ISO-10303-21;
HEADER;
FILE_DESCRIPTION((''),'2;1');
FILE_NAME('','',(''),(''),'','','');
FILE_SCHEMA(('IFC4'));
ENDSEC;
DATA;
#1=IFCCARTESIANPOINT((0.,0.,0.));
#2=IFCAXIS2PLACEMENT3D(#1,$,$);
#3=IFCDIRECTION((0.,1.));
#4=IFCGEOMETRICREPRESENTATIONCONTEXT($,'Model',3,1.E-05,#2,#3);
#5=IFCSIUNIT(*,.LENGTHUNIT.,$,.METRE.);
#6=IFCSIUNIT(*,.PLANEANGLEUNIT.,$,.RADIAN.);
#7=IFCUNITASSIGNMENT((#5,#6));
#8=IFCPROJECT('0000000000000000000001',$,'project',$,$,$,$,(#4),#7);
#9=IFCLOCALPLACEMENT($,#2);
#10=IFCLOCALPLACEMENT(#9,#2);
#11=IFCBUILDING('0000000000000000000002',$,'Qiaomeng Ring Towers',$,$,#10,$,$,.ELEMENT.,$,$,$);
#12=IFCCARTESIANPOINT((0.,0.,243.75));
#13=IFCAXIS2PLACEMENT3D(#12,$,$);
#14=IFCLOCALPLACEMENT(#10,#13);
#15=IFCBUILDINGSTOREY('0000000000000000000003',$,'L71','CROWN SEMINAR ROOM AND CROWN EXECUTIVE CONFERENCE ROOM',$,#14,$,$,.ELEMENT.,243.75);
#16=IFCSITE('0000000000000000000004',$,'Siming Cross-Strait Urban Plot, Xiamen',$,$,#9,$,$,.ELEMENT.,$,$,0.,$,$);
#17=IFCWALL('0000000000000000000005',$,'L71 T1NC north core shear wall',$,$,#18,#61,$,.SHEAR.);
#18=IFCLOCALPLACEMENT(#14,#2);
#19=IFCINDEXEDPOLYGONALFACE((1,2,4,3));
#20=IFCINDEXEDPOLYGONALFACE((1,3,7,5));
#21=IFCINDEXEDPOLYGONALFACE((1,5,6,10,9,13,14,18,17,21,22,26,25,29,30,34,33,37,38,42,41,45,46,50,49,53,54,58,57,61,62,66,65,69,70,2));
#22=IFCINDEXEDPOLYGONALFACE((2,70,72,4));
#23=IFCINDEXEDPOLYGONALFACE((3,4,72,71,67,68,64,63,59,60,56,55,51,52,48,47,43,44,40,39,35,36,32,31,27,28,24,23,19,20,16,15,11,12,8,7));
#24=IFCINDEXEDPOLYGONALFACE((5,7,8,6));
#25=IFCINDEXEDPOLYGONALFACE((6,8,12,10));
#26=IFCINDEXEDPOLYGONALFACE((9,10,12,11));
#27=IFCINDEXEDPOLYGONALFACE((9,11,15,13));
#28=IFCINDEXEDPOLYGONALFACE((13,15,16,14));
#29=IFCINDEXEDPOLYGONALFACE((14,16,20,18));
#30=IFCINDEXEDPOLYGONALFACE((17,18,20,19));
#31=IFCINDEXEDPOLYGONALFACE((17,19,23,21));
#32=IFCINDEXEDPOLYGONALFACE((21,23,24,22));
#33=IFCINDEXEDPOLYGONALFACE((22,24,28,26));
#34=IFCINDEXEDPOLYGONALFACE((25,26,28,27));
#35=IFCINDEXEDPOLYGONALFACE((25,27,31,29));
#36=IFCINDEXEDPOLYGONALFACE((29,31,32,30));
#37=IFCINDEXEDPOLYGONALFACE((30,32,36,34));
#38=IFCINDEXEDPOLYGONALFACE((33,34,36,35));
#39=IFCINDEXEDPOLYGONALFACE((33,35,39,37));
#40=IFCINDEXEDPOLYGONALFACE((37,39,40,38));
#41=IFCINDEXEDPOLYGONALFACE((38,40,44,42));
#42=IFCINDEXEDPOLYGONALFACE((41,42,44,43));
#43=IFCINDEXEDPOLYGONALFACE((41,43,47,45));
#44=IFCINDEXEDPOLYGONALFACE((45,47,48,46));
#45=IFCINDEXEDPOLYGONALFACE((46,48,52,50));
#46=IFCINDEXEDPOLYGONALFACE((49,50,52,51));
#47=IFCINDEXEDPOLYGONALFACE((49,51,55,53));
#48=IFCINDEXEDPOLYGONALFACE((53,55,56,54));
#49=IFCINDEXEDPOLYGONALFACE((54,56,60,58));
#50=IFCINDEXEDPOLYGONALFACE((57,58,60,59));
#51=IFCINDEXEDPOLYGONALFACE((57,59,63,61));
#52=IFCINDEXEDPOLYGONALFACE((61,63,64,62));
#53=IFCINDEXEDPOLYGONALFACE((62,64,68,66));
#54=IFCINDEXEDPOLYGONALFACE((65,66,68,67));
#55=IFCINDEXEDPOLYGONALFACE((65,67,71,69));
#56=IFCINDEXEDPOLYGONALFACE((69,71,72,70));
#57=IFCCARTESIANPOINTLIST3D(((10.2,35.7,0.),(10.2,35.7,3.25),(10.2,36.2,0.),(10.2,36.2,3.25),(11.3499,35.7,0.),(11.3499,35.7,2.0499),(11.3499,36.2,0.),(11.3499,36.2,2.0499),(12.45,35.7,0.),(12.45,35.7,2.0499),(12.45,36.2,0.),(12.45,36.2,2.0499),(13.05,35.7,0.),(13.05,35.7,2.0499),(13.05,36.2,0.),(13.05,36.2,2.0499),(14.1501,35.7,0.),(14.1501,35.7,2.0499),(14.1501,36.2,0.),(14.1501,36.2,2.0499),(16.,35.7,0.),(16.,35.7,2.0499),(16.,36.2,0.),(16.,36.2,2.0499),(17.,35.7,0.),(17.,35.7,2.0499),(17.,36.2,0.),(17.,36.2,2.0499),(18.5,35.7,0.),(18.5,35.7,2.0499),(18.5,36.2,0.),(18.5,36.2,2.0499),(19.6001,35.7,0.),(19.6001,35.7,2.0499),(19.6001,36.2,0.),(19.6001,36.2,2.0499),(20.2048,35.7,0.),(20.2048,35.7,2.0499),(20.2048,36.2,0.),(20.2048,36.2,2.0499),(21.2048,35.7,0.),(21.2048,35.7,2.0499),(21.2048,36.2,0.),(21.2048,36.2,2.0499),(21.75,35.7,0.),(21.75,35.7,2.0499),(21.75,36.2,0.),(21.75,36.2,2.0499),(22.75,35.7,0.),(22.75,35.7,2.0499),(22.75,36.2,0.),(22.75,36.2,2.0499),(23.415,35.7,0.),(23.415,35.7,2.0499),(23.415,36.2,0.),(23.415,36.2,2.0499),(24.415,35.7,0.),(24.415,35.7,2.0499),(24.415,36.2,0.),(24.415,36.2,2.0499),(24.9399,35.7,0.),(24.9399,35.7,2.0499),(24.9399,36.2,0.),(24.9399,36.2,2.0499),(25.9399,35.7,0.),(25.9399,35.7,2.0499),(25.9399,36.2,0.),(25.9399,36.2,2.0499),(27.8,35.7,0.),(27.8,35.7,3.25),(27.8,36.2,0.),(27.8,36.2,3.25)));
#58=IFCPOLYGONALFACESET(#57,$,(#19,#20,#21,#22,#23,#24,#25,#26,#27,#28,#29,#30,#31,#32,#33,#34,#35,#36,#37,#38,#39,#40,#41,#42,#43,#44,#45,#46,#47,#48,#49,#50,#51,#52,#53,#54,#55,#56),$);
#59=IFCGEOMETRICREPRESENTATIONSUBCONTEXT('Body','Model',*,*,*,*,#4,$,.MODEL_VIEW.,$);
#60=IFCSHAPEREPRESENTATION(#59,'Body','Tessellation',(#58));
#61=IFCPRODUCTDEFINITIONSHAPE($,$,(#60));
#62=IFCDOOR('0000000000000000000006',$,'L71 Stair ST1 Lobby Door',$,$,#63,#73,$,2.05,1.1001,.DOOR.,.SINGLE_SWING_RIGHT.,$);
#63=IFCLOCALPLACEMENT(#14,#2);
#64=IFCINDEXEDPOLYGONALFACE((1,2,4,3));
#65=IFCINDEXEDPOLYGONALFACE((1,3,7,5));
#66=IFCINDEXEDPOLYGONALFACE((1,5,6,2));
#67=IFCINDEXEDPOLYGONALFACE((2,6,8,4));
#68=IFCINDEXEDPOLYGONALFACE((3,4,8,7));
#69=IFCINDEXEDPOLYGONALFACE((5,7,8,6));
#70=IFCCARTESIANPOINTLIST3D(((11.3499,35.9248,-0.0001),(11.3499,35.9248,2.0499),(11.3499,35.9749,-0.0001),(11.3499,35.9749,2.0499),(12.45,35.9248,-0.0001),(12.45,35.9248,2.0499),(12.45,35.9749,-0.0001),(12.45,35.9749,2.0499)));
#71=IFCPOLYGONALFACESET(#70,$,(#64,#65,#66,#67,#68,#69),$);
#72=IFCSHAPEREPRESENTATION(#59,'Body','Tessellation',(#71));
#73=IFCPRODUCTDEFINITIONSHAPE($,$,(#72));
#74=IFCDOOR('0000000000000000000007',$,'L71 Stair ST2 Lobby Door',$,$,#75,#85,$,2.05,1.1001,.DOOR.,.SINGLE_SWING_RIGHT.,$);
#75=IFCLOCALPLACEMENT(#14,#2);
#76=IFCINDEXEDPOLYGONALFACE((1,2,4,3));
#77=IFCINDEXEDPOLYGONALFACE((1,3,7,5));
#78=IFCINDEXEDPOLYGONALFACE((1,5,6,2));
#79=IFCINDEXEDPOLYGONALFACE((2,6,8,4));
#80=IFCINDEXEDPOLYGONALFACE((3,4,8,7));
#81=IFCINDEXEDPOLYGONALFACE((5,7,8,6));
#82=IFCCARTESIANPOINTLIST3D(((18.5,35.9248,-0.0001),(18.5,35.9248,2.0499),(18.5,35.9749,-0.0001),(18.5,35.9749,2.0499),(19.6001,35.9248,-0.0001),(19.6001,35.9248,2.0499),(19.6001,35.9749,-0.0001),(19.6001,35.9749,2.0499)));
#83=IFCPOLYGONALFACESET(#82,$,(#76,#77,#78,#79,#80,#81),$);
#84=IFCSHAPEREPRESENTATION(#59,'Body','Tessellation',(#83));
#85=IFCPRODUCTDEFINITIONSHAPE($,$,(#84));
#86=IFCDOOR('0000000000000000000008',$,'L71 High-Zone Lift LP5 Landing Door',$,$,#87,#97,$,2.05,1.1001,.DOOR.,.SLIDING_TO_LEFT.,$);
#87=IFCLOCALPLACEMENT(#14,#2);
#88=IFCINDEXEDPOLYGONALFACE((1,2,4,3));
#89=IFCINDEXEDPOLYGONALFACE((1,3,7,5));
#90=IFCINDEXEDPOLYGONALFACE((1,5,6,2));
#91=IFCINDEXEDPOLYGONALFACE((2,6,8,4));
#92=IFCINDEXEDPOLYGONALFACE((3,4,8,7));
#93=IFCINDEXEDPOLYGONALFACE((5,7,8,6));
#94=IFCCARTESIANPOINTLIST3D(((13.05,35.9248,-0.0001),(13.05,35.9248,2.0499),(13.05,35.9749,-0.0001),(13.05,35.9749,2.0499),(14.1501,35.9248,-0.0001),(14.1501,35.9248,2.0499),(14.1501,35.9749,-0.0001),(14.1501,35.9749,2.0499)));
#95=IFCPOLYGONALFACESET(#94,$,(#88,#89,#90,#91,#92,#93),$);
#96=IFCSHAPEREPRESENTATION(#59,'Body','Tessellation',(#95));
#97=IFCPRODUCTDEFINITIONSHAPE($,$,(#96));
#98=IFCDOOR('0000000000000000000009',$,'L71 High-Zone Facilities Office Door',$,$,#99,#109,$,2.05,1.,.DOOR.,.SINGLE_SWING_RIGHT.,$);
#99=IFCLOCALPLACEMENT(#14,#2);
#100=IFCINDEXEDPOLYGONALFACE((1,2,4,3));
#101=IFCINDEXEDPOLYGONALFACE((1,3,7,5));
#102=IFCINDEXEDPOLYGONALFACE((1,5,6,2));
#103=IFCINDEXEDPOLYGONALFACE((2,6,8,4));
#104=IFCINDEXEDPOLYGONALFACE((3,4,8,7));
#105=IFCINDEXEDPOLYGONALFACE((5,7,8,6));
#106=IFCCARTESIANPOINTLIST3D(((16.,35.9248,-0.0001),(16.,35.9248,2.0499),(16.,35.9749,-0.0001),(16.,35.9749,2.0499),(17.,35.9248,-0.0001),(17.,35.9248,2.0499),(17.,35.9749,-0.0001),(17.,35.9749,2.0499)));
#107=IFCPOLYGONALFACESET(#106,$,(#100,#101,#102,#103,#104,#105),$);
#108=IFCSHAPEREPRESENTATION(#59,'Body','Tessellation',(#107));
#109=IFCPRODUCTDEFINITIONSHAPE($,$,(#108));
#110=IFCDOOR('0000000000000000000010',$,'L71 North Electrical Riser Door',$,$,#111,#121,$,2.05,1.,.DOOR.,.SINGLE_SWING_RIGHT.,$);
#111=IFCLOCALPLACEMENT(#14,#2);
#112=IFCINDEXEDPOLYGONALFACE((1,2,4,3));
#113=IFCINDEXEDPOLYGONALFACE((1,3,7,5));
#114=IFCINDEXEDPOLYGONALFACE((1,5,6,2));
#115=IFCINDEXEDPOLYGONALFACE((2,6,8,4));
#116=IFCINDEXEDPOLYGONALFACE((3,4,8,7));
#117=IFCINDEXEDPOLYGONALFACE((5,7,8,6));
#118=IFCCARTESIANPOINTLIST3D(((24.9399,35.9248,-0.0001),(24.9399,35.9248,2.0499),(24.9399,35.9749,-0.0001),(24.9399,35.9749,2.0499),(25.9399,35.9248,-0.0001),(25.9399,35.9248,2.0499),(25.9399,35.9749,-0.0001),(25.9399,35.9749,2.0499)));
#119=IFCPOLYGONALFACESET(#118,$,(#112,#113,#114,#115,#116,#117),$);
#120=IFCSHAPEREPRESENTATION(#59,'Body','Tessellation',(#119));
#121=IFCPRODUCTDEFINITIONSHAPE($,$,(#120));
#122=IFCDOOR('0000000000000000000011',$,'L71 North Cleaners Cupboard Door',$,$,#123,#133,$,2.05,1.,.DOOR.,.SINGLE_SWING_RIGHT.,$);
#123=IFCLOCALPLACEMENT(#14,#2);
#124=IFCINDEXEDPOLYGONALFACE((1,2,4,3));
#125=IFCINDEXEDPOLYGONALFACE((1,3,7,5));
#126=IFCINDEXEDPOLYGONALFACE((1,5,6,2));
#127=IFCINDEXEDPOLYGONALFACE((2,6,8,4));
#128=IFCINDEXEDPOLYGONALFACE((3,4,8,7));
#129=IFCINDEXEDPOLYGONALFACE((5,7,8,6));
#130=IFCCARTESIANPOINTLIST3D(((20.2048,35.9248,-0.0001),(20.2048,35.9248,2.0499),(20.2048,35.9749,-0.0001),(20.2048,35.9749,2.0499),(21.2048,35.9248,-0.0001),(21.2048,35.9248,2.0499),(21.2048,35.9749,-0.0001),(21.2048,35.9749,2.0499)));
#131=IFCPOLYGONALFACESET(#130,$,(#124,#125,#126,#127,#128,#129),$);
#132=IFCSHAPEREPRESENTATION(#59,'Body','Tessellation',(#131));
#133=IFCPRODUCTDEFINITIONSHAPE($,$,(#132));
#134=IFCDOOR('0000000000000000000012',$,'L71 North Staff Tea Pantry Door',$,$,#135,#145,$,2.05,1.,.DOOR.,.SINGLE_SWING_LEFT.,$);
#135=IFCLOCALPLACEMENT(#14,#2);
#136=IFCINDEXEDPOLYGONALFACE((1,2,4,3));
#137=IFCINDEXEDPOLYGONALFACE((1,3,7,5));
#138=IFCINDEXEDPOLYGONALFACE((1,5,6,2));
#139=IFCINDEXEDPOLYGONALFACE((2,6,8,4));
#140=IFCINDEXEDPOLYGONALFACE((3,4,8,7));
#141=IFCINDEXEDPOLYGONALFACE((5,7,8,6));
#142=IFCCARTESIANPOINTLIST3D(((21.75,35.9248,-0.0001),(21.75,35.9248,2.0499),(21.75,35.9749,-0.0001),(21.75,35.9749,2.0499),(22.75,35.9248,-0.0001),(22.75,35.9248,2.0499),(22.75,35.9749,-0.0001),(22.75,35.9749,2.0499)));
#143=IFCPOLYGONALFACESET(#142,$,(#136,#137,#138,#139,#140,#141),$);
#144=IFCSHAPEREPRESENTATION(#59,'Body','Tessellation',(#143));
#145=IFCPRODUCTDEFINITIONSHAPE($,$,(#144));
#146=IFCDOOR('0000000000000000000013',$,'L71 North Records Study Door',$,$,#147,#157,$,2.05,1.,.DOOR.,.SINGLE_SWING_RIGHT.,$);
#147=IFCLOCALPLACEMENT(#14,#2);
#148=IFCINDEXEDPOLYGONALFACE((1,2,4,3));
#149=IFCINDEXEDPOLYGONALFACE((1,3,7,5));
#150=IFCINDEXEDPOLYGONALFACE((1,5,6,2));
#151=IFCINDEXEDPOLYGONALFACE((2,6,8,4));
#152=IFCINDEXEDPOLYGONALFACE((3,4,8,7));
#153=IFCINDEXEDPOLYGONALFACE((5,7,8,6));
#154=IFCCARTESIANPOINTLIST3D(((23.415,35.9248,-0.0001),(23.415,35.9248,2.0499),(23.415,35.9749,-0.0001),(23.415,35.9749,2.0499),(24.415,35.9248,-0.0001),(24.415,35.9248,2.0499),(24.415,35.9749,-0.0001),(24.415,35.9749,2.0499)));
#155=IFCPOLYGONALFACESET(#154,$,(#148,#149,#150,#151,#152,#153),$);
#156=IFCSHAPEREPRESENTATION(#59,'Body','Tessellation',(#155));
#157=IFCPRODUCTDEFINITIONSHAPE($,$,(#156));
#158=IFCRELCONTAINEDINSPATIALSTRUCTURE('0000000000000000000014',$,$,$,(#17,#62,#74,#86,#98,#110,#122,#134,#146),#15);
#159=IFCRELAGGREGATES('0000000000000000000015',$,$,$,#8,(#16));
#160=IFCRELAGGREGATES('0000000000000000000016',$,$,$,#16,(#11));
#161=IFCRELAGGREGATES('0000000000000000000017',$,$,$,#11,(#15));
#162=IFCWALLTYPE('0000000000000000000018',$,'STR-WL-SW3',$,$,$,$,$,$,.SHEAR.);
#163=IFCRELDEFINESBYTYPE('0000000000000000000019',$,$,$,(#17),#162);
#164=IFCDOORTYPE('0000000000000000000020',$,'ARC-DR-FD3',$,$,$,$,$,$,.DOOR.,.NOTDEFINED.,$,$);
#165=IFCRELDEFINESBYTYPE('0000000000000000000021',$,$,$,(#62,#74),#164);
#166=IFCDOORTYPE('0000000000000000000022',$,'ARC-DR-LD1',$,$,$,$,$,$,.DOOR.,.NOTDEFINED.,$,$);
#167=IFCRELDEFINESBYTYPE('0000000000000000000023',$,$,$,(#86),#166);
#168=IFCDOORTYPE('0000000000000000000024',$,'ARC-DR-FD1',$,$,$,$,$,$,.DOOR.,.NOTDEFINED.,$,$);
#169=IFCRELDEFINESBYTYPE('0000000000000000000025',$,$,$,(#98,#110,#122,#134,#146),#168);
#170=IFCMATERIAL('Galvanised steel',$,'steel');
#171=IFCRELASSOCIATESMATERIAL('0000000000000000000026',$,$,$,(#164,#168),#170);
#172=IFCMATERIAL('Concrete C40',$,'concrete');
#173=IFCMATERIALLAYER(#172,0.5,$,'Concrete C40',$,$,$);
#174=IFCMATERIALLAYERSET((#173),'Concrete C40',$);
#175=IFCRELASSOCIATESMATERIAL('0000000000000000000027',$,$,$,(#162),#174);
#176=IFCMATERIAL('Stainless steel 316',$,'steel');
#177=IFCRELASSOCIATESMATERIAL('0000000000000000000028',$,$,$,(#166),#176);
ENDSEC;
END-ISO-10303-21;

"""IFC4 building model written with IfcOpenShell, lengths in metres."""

from ifc_helpers import new_model, si_unit, direction, frame, frame_2d, origin, place, context, subcontext, project, spatial, rectangle, extrude, source, transform, mapped, material, layer, layer_set, type_object, element, fill, save


model = new_model("IFC4")

# Units and contexts
model_context = context("Model", 3, precision=1e-05, world=origin(), true_north=direction((0.0, 1.0)))
body_context = subcontext(model_context, "Body", "Model", "MODEL_VIEW")
ifc_project = project(units=[si_unit("LENGTHUNIT", "METRE"), si_unit("PLANEANGLEUNIT", "RADIAN")], contexts=[model_context])

# Site, building, storey
site_placement = place(None, origin())
site = spatial("IfcSite", under=ifc_project, at=site_placement, Name="Siming Cross-Strait Urban Plot, Xiamen", CompositionType="ELEMENT", RefElevation=0.0)
building_placement = place(site_placement, origin())
building = spatial("IfcBuilding", under=site, at=building_placement, Name="Qiaomeng Ring Towers", CompositionType="ELEMENT")
storey_placement = place(building_placement, frame((0.0, 0.0, 243.75)))
storey = spatial("IfcBuildingStorey", under=building, at=storey_placement, Name="L71", Description="CROWN SEMINAR ROOM AND CROWN EXECUTIVE CONFERENCE ROOM", CompositionType="ELEMENT", Elevation=243.75)

# Shared definitions
ifc_material_1 = material(Name="Concrete C40", Category="concrete")

# Shared definitions
ifc_material_2 = material(Name="Galvanised steel", Category="steel")
door_type_1 = type_object("IfcDoorType", Name="ARC-DR-FD3", OperationType="NOTDEFINED", PredefinedType="DOOR", material=ifc_material_2)
shared_shape_1 = source(origin(), body_context, "Body", "SweptSolid", [
    extrude(rectangle(XDim=1.1001, YDim=2.05, at=frame_2d((0.55, 1.0249))), frame((0.0, 0.0249, 0.0), z_axis=(0.0, -1.0, 0.0), x_axis=(1.0, 0.0, 0.0)), (0.0, 0.0, 1.0), 0.05),
])

# Wall, openings, doors
ifc_layer_1 = layer(ifc_material_1, 0.5, Name="Concrete C40")
ifc_layer_set_1 = layer_set([ifc_layer_1], Name="Concrete C40")
wall_type_1 = type_object("IfcWallType", Name="STR-WL-SW3", PredefinedType="SHEAR", material=ifc_layer_set_1)
wall_1_placement = place(storey_placement, frame((10.2, 35.95, 0.0), z_axis=(0.0, 0.0, 1.0), x_axis=(1.0, 0.0, 0.0)))
wall_1 = element("IfcWall", 1, at=wall_1_placement, inside=storey, type_object=wall_type_1, Name="L71 T1NC north core shear wall", PredefinedType="SHEAR", context=body_context, shape_type="SweptSolid", body=[
    extrude(rectangle(XDim=17.6001, YDim=0.5, at=frame_2d((8.8, 0.0))), origin(), (0.0, 0.0, 1.0), 3.25),
])
opening_1_placement = place(wall_1_placement, frame((1.1499, 0.0, 0.0)))
opening_1 = element("IfcOpeningElement", 2, at=opening_1_placement, cuts=wall_1, PredefinedType="OPENING", context=body_context, shape_type="SweptSolid", body=[
    extrude(rectangle(XDim=1.1001, YDim=2.05, at=frame_2d((0.55, 1.0249))), frame((0.0, 0.26, 0.0), z_axis=(0.0, -1.0, 0.0), x_axis=(1.0, 0.0, 0.0)), (0.0, 0.0, 1.0), 0.52),
])
opening_2_placement = place(wall_1_placement, frame((8.3, 0.0, 0.0)))
opening_2 = element("IfcOpeningElement", 3, at=opening_2_placement, cuts=wall_1, PredefinedType="OPENING", context=body_context, shape_type="SweptSolid", body=[
    extrude(rectangle(XDim=1.1001, YDim=2.05, at=frame_2d((0.55, 1.0249))), frame((0.0, 0.26, 0.0), z_axis=(0.0, -1.0, 0.0), x_axis=(1.0, 0.0, 0.0)), (0.0, 0.0, 1.0), 0.52),
])
opening_3_placement = place(wall_1_placement, frame((2.8501, 0.0, 0.0)))
opening_3 = element("IfcOpeningElement", 4, at=opening_3_placement, cuts=wall_1, PredefinedType="OPENING", context=body_context, shape_type="SweptSolid", body=[
    extrude(rectangle(XDim=1.1001, YDim=2.05, at=frame_2d((0.55, 1.0249))), frame((0.0, 0.26, 0.0), z_axis=(0.0, -1.0, 0.0), x_axis=(1.0, 0.0, 0.0)), (0.0, 0.0, 1.0), 0.52),
])
opening_4_placement = place(wall_1_placement, frame((5.8, 0.0, 0.0)))
opening_4 = element("IfcOpeningElement", 5, at=opening_4_placement, cuts=wall_1, PredefinedType="OPENING", context=body_context, shape_type="SweptSolid", body=[
    extrude(rectangle(XDim=1.0, YDim=2.05, at=frame_2d((0.5, 1.0249))), frame((0.0, 0.26, 0.0), z_axis=(0.0, -1.0, 0.0), x_axis=(1.0, 0.0, 0.0)), (0.0, 0.0, 1.0), 0.52),
])
opening_5_placement = place(wall_1_placement, frame((14.74, 0.0, 0.0)))
opening_5 = element("IfcOpeningElement", 6, at=opening_5_placement, cuts=wall_1, PredefinedType="OPENING", context=body_context, shape_type="SweptSolid", body=[
    extrude(rectangle(XDim=1.0, YDim=2.05, at=frame_2d((0.5, 1.0249))), frame((0.0, 0.26, 0.0), z_axis=(0.0, -1.0, 0.0), x_axis=(1.0, 0.0, 0.0)), (0.0, 0.0, 1.0), 0.52),
])
opening_6_placement = place(wall_1_placement, frame((10.0049, 0.0, 0.0)))
opening_6 = element("IfcOpeningElement", 7, at=opening_6_placement, cuts=wall_1, PredefinedType="OPENING", context=body_context, shape_type="SweptSolid", body=[
    extrude(rectangle(XDim=1.0, YDim=2.05, at=frame_2d((0.5, 1.0249))), frame((0.0, 0.26, 0.0), z_axis=(0.0, -1.0, 0.0), x_axis=(1.0, 0.0, 0.0)), (0.0, 0.0, 1.0), 0.52),
])
opening_7_placement = place(wall_1_placement, frame((11.55, 0.0, 0.0)))
opening_7 = element("IfcOpeningElement", 8, at=opening_7_placement, cuts=wall_1, PredefinedType="OPENING", context=body_context, shape_type="SweptSolid", body=[
    extrude(rectangle(XDim=1.0, YDim=2.05, at=frame_2d((0.5, 1.0249))), frame((0.0, 0.26, 0.0), z_axis=(0.0, -1.0, 0.0), x_axis=(1.0, 0.0, 0.0)), (0.0, 0.0, 1.0), 0.52),
])
opening_8_placement = place(wall_1_placement, frame((13.2151, 0.0, 0.0)))
opening_8 = element("IfcOpeningElement", 9, at=opening_8_placement, cuts=wall_1, PredefinedType="OPENING", context=body_context, shape_type="SweptSolid", body=[
    extrude(rectangle(XDim=1.0, YDim=2.05, at=frame_2d((0.5, 1.0249))), frame((0.0, 0.26, 0.0), z_axis=(0.0, -1.0, 0.0), x_axis=(1.0, 0.0, 0.0)), (0.0, 0.0, 1.0), 0.52),
])
door_1_placement = place(opening_1_placement, origin())
door_1 = element("IfcDoor", 10, at=door_1_placement, inside=storey, type_object=door_type_1, Name="L71 Stair ST1 Lobby Door", OperationType="SINGLE_SWING_RIGHT", OverallHeight=2.05, OverallWidth=1.1001, PredefinedType="DOOR", context=body_context, shape_type="MappedRepresentation", body=[
    mapped(shared_shape_1, transform((0.0, 0.0, 0.0), x_axis=(1.0, 0.0, 0.0), y_axis=(0.0, 1.0, 0.0), z_axis=(0.0, 0.0, 1.0), scale=1.0)),
])
fill(opening_1, door_1)
door_2_placement = place(opening_2_placement, origin())
door_2 = element("IfcDoor", 11, at=door_2_placement, inside=storey, type_object=door_type_1, Name="L71 Stair ST2 Lobby Door", OperationType="SINGLE_SWING_RIGHT", OverallHeight=2.05, OverallWidth=1.1001, PredefinedType="DOOR", context=body_context, shape_type="MappedRepresentation", body=[
    mapped(shared_shape_1, transform((0.0, 0.0, 0.0), x_axis=(1.0, 0.0, 0.0), y_axis=(0.0, 1.0, 0.0), z_axis=(0.0, 0.0, 1.0), scale=1.0)),
])
fill(opening_2, door_2)
ifc_material_3 = material(Name="Stainless steel 316", Category="steel")
door_type_2 = type_object("IfcDoorType", Name="ARC-DR-LD1", OperationType="NOTDEFINED", PredefinedType="DOOR", material=ifc_material_3)
door_3_placement = place(opening_3_placement, origin())
door_3 = element("IfcDoor", 12, at=door_3_placement, inside=storey, type_object=door_type_2, Name="L71 High-Zone Lift LP5 Landing Door", OperationType="SLIDING_TO_LEFT", OverallHeight=2.05, OverallWidth=1.1001, PredefinedType="DOOR", context=body_context, shape_type="MappedRepresentation", body=[
    mapped(shared_shape_1, transform((0.0, 0.0, 0.0), x_axis=(1.0, 0.0, 0.0), y_axis=(0.0, 1.0, 0.0), z_axis=(0.0, 0.0, 1.0), scale=1.0)),
])
fill(opening_3, door_3)
door_type_3 = type_object("IfcDoorType", Name="ARC-DR-FD1", OperationType="NOTDEFINED", PredefinedType="DOOR", material=ifc_material_2)
shared_shape_2 = source(origin(), body_context, "Body", "SweptSolid", [
    extrude(rectangle(XDim=1.0, YDim=2.05, at=frame_2d((0.5, 1.0249))), frame((0.0, 0.0249, 0.0), z_axis=(0.0, -1.0, 0.0), x_axis=(1.0, 0.0, 0.0)), (0.0, 0.0, 1.0), 0.05),
])
door_4_placement = place(opening_4_placement, origin())
door_4 = element("IfcDoor", 13, at=door_4_placement, inside=storey, type_object=door_type_3, Name="L71 High-Zone Facilities Office Door", OperationType="SINGLE_SWING_RIGHT", OverallHeight=2.05, OverallWidth=1.0, PredefinedType="DOOR", context=body_context, shape_type="MappedRepresentation", body=[
    mapped(shared_shape_2, transform((0.0, 0.0, 0.0), x_axis=(1.0, 0.0, 0.0), y_axis=(0.0, 1.0, 0.0), z_axis=(0.0, 0.0, 1.0), scale=1.0)),
])
fill(opening_4, door_4)
door_5_placement = place(opening_5_placement, origin())
door_5 = element("IfcDoor", 14, at=door_5_placement, inside=storey, type_object=door_type_3, Name="L71 North Electrical Riser Door", OperationType="SINGLE_SWING_RIGHT", OverallHeight=2.05, OverallWidth=1.0, PredefinedType="DOOR", context=body_context, shape_type="MappedRepresentation", body=[
    mapped(shared_shape_2, transform((0.0, 0.0, 0.0), x_axis=(1.0, 0.0, 0.0), y_axis=(0.0, 1.0, 0.0), z_axis=(0.0, 0.0, 1.0), scale=1.0)),
])
fill(opening_5, door_5)
door_6_placement = place(opening_6_placement, origin())
door_6 = element("IfcDoor", 15, at=door_6_placement, inside=storey, type_object=door_type_3, Name="L71 North Cleaners Cupboard Door", OperationType="SINGLE_SWING_RIGHT", OverallHeight=2.05, OverallWidth=1.0, PredefinedType="DOOR", context=body_context, shape_type="MappedRepresentation", body=[
    mapped(shared_shape_2, transform((0.0, 0.0, 0.0), x_axis=(1.0, 0.0, 0.0), y_axis=(0.0, 1.0, 0.0), z_axis=(0.0, 0.0, 1.0), scale=1.0)),
])
fill(opening_6, door_6)
door_7_placement = place(opening_7_placement, origin())
door_7 = element("IfcDoor", 16, at=door_7_placement, inside=storey, type_object=door_type_3, Name="L71 North Staff Tea Pantry Door", OperationType="SINGLE_SWING_LEFT", OverallHeight=2.05, OverallWidth=1.0, PredefinedType="DOOR", context=body_context, shape_type="MappedRepresentation", body=[
    mapped(shared_shape_2, transform((0.0, 0.0, 0.0), x_axis=(1.0, 0.0, 0.0), y_axis=(0.0, 1.0, 0.0), z_axis=(0.0, 0.0, 1.0), scale=1.0)),
])
fill(opening_7, door_7)
door_8_placement = place(opening_8_placement, origin())
door_8 = element("IfcDoor", 17, at=door_8_placement, inside=storey, type_object=door_type_3, Name="L71 North Records Study Door", OperationType="SINGLE_SWING_RIGHT", OverallHeight=2.05, OverallWidth=1.0, PredefinedType="DOOR", context=body_context, shape_type="MappedRepresentation", body=[
    mapped(shared_shape_2, transform((0.0, 0.0, 0.0), x_axis=(1.0, 0.0, 0.0), y_axis=(0.0, 1.0, 0.0), z_axis=(0.0, 0.0, 1.0), scale=1.0)),
])
fill(opening_8, door_8)

save(model, "model.ifc")
